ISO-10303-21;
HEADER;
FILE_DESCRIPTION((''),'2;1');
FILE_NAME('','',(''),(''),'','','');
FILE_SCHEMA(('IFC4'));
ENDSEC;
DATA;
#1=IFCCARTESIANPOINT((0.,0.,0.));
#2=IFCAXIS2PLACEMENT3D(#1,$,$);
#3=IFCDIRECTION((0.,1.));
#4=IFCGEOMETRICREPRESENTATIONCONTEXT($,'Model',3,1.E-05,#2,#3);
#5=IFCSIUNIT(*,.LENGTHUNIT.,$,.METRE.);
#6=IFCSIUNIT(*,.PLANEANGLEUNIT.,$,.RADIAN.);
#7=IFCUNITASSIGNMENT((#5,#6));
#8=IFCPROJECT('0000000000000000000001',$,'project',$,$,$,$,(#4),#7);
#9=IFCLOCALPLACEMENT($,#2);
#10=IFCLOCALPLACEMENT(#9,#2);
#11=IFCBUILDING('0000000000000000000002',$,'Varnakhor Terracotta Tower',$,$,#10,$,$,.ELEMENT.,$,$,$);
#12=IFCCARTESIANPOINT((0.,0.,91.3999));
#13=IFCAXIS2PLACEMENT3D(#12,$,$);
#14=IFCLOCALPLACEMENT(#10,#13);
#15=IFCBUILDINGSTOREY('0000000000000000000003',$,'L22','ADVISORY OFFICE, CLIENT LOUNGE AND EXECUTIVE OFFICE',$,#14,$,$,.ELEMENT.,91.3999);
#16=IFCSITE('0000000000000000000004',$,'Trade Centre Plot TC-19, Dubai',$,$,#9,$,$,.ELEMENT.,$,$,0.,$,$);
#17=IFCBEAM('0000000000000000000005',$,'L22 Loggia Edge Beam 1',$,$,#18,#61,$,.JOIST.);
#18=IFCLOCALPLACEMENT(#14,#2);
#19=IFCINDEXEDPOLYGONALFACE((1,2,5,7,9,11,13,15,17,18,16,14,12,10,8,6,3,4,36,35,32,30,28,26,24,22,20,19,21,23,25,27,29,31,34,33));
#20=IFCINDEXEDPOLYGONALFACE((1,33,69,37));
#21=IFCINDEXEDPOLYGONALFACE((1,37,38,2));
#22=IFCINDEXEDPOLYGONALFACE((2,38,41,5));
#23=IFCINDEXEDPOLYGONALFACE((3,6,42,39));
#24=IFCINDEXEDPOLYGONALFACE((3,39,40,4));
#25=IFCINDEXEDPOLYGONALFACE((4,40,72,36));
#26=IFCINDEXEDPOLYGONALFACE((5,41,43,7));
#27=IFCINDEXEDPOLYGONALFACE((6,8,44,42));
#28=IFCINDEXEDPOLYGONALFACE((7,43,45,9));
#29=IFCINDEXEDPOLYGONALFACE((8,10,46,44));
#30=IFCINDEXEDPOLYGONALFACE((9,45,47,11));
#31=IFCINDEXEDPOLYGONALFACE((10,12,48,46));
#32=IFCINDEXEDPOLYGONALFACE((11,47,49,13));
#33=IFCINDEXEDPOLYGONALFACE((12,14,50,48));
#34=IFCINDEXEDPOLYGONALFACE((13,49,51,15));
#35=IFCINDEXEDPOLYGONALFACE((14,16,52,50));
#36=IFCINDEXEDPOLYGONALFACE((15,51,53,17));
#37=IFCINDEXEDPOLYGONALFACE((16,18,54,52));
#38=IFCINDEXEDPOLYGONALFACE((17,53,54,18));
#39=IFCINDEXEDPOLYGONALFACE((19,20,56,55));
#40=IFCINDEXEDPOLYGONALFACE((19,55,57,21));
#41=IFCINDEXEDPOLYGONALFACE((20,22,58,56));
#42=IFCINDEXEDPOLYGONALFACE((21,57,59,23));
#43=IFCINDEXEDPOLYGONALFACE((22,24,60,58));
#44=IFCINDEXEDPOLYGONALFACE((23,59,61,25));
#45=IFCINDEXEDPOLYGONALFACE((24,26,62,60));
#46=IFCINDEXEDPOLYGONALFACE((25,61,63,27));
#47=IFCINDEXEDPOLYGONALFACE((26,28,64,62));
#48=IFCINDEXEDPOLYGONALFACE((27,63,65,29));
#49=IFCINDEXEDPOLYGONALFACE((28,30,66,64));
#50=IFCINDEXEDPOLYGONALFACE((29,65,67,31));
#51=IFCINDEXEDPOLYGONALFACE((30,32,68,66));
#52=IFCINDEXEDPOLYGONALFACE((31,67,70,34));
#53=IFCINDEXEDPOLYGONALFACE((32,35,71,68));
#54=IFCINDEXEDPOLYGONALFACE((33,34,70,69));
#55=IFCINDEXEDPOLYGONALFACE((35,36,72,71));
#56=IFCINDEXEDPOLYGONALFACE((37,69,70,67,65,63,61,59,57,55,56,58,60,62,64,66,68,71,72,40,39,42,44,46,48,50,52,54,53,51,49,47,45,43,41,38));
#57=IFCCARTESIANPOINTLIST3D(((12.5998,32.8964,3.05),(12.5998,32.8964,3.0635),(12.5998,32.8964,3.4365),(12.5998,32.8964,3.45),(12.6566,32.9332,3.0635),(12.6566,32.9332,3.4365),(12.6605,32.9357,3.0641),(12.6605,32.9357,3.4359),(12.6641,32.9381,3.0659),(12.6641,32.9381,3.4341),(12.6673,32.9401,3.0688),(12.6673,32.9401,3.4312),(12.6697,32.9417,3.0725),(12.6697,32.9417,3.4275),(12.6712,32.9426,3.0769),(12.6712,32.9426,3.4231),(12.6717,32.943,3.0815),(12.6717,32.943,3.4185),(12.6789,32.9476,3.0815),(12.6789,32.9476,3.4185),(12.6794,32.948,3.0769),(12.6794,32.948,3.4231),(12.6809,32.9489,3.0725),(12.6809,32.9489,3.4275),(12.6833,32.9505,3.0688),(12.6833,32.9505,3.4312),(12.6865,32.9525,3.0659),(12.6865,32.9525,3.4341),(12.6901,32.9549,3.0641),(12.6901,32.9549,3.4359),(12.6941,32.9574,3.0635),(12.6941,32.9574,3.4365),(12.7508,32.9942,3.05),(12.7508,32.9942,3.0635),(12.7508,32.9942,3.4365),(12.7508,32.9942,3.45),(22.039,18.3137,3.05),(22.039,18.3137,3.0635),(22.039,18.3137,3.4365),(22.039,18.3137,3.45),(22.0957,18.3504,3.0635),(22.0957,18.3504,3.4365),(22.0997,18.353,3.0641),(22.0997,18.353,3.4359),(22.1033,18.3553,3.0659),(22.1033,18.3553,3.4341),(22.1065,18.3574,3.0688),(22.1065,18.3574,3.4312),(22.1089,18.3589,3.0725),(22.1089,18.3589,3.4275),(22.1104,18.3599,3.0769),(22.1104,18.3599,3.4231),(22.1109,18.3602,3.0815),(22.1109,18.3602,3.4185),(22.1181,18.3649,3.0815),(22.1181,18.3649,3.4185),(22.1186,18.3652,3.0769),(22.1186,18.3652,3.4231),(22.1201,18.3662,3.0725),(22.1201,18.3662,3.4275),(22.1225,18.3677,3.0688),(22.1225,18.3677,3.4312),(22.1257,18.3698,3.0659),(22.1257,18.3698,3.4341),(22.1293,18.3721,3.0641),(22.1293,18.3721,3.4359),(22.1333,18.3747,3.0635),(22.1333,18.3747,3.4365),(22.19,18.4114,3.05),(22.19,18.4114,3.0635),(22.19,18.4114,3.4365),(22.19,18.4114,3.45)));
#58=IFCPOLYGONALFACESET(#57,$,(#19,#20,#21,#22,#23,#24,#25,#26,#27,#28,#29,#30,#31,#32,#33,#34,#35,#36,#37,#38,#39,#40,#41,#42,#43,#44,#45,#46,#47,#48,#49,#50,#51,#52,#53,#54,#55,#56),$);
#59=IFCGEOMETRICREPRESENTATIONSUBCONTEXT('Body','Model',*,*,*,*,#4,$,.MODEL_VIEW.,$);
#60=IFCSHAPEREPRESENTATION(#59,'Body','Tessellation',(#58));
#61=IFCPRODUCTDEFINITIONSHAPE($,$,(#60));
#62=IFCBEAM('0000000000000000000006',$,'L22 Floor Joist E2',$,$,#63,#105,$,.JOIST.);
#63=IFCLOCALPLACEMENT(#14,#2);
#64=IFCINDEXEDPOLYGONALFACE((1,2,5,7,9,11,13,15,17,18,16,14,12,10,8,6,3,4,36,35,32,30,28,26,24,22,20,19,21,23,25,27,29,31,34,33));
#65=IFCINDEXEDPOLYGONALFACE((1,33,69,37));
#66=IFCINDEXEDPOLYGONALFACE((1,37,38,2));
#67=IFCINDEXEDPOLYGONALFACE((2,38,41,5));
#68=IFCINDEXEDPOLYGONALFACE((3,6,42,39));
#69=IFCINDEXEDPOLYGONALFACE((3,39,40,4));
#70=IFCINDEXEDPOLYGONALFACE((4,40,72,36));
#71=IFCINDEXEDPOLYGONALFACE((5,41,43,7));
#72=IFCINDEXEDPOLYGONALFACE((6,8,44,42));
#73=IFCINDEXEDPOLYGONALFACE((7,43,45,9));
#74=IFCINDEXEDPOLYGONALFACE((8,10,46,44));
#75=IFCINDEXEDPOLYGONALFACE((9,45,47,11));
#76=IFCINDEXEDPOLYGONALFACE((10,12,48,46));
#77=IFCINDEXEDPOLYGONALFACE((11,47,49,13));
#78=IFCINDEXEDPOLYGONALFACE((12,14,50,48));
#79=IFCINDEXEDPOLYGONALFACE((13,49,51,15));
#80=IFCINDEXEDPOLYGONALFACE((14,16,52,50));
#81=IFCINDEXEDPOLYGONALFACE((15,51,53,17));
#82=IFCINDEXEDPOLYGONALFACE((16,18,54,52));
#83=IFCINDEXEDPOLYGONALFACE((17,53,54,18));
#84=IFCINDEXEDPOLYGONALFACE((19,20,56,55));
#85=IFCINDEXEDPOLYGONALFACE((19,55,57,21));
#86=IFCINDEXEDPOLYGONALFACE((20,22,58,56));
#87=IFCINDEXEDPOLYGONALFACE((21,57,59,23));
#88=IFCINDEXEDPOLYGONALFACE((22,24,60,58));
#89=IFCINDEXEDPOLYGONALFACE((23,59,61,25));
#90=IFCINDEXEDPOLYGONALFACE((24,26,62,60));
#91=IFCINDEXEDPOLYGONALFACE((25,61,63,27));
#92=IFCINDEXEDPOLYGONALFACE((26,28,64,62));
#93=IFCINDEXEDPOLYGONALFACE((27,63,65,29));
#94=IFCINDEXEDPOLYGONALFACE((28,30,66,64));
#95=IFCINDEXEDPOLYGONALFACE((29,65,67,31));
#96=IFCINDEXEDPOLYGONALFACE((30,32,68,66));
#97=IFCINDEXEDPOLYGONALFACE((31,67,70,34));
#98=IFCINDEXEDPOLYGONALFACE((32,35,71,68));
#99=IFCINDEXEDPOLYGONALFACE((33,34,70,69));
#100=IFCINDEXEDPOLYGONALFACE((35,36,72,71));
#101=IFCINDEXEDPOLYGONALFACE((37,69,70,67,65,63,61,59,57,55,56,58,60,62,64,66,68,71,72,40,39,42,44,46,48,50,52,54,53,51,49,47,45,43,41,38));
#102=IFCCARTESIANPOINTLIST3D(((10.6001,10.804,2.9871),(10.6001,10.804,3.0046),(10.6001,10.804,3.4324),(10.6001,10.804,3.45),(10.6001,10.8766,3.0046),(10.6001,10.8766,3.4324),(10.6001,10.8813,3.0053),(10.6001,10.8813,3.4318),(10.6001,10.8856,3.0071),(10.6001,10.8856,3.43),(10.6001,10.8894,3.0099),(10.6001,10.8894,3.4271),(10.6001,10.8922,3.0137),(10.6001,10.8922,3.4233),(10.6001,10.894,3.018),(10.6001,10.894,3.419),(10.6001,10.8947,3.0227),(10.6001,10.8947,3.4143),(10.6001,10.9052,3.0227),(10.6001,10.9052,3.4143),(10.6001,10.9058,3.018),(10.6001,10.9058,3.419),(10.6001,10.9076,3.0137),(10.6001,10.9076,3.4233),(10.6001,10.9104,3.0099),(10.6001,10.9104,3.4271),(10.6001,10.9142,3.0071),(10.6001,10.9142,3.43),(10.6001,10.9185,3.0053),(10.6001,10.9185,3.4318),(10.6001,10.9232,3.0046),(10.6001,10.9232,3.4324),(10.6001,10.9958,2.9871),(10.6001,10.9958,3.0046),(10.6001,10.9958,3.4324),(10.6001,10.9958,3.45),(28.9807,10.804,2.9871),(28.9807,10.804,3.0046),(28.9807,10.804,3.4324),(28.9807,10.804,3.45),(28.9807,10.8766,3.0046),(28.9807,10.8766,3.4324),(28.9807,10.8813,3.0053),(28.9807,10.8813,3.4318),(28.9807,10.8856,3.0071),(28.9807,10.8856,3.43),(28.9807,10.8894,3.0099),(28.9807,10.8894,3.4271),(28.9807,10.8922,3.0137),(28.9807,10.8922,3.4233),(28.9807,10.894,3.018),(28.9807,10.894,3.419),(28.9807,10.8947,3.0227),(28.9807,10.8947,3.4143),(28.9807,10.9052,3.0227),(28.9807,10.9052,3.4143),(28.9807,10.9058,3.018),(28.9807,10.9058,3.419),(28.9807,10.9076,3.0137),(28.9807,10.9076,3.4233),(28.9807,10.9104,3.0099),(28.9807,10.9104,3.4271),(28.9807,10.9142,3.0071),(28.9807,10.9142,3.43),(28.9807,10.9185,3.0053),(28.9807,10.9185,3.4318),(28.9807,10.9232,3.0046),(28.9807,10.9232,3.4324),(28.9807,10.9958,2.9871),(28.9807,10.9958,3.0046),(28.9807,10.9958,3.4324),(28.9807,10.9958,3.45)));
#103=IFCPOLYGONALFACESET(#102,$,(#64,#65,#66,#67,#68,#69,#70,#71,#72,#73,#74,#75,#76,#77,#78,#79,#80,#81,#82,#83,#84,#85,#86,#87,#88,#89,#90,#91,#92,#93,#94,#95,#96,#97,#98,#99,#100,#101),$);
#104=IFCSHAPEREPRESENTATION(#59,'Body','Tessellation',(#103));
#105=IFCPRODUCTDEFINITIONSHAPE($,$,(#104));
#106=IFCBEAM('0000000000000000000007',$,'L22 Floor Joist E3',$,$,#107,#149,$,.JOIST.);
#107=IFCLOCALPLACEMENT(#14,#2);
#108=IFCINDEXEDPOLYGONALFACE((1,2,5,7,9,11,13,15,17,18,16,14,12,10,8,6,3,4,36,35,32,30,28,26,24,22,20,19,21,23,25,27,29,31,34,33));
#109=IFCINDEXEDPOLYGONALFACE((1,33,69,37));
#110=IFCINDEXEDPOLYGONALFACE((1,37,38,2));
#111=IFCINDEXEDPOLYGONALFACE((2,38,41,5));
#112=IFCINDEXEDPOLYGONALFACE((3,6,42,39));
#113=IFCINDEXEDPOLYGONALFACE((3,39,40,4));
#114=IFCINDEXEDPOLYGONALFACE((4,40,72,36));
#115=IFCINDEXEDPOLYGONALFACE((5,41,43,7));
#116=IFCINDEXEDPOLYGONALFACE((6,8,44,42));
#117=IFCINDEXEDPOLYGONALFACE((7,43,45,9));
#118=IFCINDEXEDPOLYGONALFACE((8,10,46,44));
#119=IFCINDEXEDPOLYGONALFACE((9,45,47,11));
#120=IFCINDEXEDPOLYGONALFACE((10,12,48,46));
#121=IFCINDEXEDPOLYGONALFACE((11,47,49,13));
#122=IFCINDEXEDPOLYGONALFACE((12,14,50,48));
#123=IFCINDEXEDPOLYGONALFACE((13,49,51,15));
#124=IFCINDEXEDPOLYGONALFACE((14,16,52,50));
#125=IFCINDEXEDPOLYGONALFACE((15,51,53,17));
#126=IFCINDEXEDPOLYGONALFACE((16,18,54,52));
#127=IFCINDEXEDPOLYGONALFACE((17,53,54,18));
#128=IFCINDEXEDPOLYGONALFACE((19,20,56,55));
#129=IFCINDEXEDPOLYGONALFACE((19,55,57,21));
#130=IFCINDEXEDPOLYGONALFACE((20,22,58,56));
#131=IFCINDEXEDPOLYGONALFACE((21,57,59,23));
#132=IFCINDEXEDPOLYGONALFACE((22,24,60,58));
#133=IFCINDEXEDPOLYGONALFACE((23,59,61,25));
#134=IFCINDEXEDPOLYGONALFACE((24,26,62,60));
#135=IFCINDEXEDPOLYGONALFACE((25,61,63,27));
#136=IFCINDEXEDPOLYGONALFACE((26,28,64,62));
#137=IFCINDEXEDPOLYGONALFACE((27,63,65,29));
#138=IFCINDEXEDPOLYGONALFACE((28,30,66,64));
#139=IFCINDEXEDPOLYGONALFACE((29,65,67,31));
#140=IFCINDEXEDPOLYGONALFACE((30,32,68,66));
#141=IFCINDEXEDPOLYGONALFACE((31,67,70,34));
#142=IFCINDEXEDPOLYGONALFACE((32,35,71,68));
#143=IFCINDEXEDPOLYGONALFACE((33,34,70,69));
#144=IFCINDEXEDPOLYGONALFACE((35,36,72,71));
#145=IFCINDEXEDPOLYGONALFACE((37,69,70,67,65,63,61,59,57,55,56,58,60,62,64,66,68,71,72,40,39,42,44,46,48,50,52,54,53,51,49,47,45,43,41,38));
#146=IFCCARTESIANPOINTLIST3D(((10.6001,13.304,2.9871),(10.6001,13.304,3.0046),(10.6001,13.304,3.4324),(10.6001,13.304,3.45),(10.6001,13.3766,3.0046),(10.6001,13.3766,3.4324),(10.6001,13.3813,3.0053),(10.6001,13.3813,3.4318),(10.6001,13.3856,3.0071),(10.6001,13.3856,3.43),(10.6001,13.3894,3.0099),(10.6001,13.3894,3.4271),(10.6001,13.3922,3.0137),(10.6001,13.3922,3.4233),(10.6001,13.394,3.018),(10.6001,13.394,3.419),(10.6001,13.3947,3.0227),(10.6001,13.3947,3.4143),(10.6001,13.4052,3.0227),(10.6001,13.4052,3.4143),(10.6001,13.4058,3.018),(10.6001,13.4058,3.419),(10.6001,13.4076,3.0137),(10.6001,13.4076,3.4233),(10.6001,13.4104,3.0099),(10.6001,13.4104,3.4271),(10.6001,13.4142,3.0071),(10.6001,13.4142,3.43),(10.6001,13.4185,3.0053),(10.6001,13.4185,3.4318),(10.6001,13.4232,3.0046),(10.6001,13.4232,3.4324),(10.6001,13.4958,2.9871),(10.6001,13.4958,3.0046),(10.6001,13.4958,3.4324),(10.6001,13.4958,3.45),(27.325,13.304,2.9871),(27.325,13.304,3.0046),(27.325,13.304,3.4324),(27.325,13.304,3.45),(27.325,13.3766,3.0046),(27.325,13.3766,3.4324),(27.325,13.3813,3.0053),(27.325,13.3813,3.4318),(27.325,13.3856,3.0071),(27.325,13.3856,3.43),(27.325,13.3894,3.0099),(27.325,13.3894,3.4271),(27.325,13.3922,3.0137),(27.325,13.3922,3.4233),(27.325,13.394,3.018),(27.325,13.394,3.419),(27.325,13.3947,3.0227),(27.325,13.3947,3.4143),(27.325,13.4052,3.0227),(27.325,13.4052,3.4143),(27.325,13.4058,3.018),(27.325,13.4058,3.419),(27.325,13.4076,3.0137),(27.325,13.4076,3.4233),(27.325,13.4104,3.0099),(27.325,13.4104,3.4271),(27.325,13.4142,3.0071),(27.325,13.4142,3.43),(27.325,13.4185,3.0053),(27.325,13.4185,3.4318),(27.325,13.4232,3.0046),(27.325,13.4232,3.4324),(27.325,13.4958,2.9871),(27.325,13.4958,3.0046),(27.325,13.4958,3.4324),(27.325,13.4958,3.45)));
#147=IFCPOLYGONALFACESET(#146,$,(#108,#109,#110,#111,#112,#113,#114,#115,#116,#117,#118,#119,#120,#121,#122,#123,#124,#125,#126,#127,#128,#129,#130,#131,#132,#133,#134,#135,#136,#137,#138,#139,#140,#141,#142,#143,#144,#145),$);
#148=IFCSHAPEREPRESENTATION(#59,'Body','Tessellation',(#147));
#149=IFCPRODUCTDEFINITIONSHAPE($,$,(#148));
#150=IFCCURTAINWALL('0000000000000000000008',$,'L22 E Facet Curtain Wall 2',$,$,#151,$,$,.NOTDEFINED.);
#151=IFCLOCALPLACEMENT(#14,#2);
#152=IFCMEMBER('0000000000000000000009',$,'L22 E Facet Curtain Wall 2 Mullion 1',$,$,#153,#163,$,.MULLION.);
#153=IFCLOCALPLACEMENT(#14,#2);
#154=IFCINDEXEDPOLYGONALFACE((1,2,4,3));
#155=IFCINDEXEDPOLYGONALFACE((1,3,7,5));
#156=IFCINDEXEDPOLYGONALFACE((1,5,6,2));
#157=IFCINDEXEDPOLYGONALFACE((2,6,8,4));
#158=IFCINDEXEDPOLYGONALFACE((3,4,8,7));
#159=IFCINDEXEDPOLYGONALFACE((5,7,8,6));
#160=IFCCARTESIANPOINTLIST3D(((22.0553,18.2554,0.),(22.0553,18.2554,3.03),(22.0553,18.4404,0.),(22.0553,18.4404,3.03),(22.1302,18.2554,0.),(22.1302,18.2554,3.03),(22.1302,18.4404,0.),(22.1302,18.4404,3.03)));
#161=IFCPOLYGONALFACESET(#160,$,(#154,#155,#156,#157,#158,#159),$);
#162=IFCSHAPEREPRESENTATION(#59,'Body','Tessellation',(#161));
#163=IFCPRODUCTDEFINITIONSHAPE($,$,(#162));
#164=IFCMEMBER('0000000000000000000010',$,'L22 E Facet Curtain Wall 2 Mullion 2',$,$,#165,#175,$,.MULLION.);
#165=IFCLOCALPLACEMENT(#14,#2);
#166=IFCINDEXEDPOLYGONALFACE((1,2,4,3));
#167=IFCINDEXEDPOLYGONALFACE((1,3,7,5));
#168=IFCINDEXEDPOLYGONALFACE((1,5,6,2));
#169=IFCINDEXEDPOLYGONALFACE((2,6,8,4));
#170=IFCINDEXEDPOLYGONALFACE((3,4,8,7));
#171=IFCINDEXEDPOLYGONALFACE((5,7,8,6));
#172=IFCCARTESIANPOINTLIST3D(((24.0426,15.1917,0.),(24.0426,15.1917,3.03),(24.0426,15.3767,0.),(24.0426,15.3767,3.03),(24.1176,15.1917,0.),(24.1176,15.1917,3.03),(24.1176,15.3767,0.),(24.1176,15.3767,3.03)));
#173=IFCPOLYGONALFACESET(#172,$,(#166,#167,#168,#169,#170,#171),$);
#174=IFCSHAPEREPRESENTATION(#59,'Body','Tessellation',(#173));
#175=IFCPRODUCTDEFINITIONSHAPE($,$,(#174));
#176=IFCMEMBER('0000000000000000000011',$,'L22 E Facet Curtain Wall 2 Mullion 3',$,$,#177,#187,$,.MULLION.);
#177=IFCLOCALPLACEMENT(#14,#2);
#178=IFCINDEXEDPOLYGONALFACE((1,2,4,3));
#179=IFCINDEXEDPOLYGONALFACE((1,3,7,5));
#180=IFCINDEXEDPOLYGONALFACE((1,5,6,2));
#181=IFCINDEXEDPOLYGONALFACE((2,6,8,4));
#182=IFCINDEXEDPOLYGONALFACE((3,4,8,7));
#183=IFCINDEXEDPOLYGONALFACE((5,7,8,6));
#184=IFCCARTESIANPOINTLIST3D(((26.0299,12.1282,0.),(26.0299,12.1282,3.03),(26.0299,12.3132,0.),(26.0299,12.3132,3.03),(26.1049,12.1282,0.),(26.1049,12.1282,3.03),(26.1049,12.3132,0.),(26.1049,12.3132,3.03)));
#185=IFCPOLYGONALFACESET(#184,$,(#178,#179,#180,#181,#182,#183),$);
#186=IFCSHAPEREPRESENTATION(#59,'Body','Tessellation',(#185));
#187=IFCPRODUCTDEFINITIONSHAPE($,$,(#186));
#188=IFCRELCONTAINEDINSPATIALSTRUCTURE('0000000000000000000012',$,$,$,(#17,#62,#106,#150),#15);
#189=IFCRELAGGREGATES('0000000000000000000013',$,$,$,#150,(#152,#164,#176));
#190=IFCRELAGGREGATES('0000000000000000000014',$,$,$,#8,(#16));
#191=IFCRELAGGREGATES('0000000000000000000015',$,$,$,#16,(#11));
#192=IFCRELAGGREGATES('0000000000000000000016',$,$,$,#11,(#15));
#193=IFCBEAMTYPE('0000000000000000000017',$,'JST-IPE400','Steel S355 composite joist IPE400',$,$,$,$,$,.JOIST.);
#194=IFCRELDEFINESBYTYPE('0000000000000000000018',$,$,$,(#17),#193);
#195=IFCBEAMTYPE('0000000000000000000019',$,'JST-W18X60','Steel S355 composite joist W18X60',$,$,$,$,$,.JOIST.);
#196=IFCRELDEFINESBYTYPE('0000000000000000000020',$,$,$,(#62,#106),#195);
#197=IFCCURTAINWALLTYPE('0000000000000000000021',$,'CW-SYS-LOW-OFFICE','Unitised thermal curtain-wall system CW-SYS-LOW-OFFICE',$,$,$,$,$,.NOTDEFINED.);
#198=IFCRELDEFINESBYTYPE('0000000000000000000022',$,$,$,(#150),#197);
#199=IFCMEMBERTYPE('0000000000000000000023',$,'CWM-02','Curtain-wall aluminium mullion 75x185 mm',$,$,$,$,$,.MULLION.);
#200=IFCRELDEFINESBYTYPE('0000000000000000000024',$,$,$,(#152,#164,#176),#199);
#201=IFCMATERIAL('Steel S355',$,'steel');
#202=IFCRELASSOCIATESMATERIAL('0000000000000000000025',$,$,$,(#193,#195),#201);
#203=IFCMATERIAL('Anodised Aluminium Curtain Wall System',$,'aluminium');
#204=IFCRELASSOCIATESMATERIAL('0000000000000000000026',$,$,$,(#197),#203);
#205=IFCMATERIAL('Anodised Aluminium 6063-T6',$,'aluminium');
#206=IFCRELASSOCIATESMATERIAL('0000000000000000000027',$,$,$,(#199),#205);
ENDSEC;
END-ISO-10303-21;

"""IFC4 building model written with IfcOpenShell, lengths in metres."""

from ifc_helpers import new_model, si_unit, direction, frame, origin, origin_2d, place, context, subcontext, project, spatial, rectangle, i_section, extrude, source, transform, mapped, material, material_profile, profile_set, type_object, type_shapes, element, aggregate, save


model = new_model("IFC4")

# Units and contexts
model_context = context("Model", 3, precision=1e-05, world=origin(), true_north=direction((0.0, 1.0)))
body_context = subcontext(model_context, "Body", "Model", "MODEL_VIEW")
ifc_project = project(units=[si_unit("LENGTHUNIT", "METRE"), si_unit("PLANEANGLEUNIT", "RADIAN")], contexts=[model_context])

# Site, building, storey
site_placement = place(None, origin())
site = spatial("IfcSite", under=ifc_project, at=site_placement, Name="Trade Centre Plot TC-19, Dubai", CompositionType="ELEMENT", RefElevation=0.0)
building_placement = place(site_placement, origin())
building = spatial("IfcBuilding", under=site, at=building_placement, Name="Varnakhor Terracotta Tower", CompositionType="ELEMENT")
storey_placement = place(building_placement, frame((0.0, 0.0, 91.3999)))
storey = spatial("IfcBuildingStorey", under=building, at=storey_placement, Name="L22", Description="ADVISORY OFFICE, CLIENT LOUNGE AND EXECUTIVE OFFICE", CompositionType="ELEMENT", Elevation=91.3999)

# Beams
ifc_material_1 = material(Name="Steel S355", Category="steel")
ifc_material_profile_1 = material_profile(ifc_material_1, i_section(OverallWidth=0.1799, OverallDepth=0.3999, WebThickness=0.0085, FlangeThickness=0.0134, FilletRadius=0.0181, at=origin_2d()), Name="IPE400")
ifc_profile_set_1 = profile_set([ifc_material_profile_1], Name="Steel S355")
beam_type_1 = type_object("IfcBeamType", Name="JST-IPE400", Description="Steel S355 composite joist IPE400", PredefinedType="JOIST", material=ifc_profile_set_1)
shared_shape_1 = source(origin(), body_context, "Body", "SweptSolid", [
    extrude(i_section(OverallWidth=0.1799, OverallDepth=0.3999, WebThickness=0.0085, FlangeThickness=0.0134, FilletRadius=0.0181, at=origin_2d()), origin(), (0.0, 0.0, 1.0), 17.3711),
])
beam_1_placement = place(storey_placement, frame((22.1145, 18.3625, 3.25), z_axis=(-0.543385, 0.839483, 0.0), x_axis=(-0.839483, -0.543385, 0.0)))
element("IfcBeam", 1, at=beam_1_placement, inside=storey, type_object=beam_type_1, Name="L22 Loggia Edge Beam 1", PredefinedType="JOIST", context=body_context, shape_type="MappedRepresentation", body=[
    mapped(shared_shape_1, transform((0.0, 0.0, 0.0), scale=1.0)),
])
ifc_material_profile_2 = material_profile(ifc_material_1, i_section(OverallWidth=0.1919, OverallDepth=0.4629, WebThickness=0.0105, FlangeThickness=0.0176, FilletRadius=0.0181, at=origin_2d()), Name="W18X60")
ifc_profile_set_2 = profile_set([ifc_material_profile_2], Name="Steel S355")
beam_type_2 = type_object("IfcBeamType", Name="JST-W18X60", Description="Steel S355 composite joist W18X60", PredefinedType="JOIST", material=ifc_profile_set_2)
shared_shape_2 = source(origin(), body_context, "Body", "SweptSolid", [
    extrude(i_section(OverallWidth=0.1919, OverallDepth=0.4629, WebThickness=0.0105, FlangeThickness=0.0176, FilletRadius=0.0181, at=origin_2d()), origin(), (0.0, 0.0, 1.0), 18.3806),
])
beam_2_placement = place(storey_placement, frame((10.6001, 10.8999, 3.2185), z_axis=(1.0, 0.0, 0.0), x_axis=(0.0, 1.0, 0.0)))
element("IfcBeam", 2, at=beam_2_placement, inside=storey, type_object=beam_type_2, Name="L22 Floor Joist E2", PredefinedType="JOIST", context=body_context, shape_type="MappedRepresentation", body=[
    mapped(shared_shape_2, transform((0.0, 0.0, 0.0), scale=1.0)),
])
shared_shape_3 = source(origin(), body_context, "Body", "SweptSolid", [
    extrude(i_section(OverallWidth=0.1919, OverallDepth=0.4629, WebThickness=0.0105, FlangeThickness=0.0176, FilletRadius=0.0181, at=origin_2d()), origin(), (0.0, 0.0, 1.0), 16.7249),
])
beam_3_placement = place(storey_placement, frame((10.6001, 13.3999, 3.2185), z_axis=(1.0, 0.0, 0.0), x_axis=(0.0, 1.0, 0.0)))
element("IfcBeam", 3, at=beam_3_placement, inside=storey, type_object=beam_type_2, Name="L22 Floor Joist E3", PredefinedType="JOIST", context=body_context, shape_type="MappedRepresentation", body=[
    mapped(shared_shape_3, transform((0.0, 0.0, 0.0), scale=1.0)),
])

# Curtain wall, members
ifc_material_2 = material(Name="Anodised Aluminium Curtain Wall System", Category="aluminium")
curtain_wall_type = type_object("IfcCurtainWallType", Name="CW-SYS-LOW-OFFICE", Description="Unitised thermal curtain-wall system CW-SYS-LOW-OFFICE", PredefinedType="NOTDEFINED", material=ifc_material_2)
curtain_wall_placement = place(storey_placement, origin())
curtain_wall = element("IfcCurtainWall", 4, at=curtain_wall_placement, inside=storey, type_object=curtain_wall_type, Name="L22 E Facet Curtain Wall 2", PredefinedType="NOTDEFINED")
ifc_material_3 = material(Name="Anodised Aluminium 6063-T6", Category="aluminium")
ifc_material_profile_3 = material_profile(ifc_material_3, rectangle(XDim=0.075, YDim=0.1851, at=origin_2d()), Name="ALU MULLION 75x185")
ifc_profile_set_3 = profile_set([ifc_material_profile_3], Name="Anodised Aluminium 6063-T6")
member_type_1 = type_object("IfcMemberType", Name="CWM-02", Description="Curtain-wall aluminium mullion 75x185 mm", PredefinedType="MULLION", material=ifc_profile_set_3)
shared_shape_4 = source(origin(), body_context, "Body", "SweptSolid", [
    extrude(rectangle(XDim=0.075, YDim=0.1851, at=origin_2d()), origin(), (0.0, 0.0, 1.0), 3.03),
])
type_shapes(member_type_1, [shared_shape_4])
member_1_placement = place(storey_placement, frame((22.0928, 18.3479, 0.0), z_axis=(0.0, 0.0, 1.0), x_axis=(1.0, 0.0, 0.0)))
member_1 = element("IfcMember", 5, at=member_1_placement, type_object=member_type_1, Name="L22 E Facet Curtain Wall 2 Mullion 1", PredefinedType="MULLION", context=body_context, shape_type="MappedRepresentation", body=[
    mapped(shared_shape_4, transform((0.0, 0.0, 0.0), scale=1.0)),
])
member_2_placement = place(storey_placement, frame((24.0801, 15.2842, 0.0), z_axis=(0.0, 0.0, 1.0), x_axis=(1.0, 0.0, 0.0)))
member_2 = element("IfcMember", 6, at=member_2_placement, type_object=member_type_1, Name="L22 E Facet Curtain Wall 2 Mullion 2", PredefinedType="MULLION", context=body_context, shape_type="MappedRepresentation", body=[
    mapped(shared_shape_4, transform((0.0, 0.0, 0.0), scale=1.0)),
])
member_3_placement = place(storey_placement, frame((26.0674, 12.2207, 0.0), z_axis=(0.0, 0.0, 1.0), x_axis=(1.0, 0.0, 0.0)))
member_3 = element("IfcMember", 7, at=member_3_placement, type_object=member_type_1, Name="L22 E Facet Curtain Wall 2 Mullion 3", PredefinedType="MULLION", context=body_context, shape_type="MappedRepresentation", body=[
    mapped(shared_shape_4, transform((0.0, 0.0, 0.0), scale=1.0)),
])

aggregate(curtain_wall, [member_1, member_2, member_3])

save(model, "model.ifc")
